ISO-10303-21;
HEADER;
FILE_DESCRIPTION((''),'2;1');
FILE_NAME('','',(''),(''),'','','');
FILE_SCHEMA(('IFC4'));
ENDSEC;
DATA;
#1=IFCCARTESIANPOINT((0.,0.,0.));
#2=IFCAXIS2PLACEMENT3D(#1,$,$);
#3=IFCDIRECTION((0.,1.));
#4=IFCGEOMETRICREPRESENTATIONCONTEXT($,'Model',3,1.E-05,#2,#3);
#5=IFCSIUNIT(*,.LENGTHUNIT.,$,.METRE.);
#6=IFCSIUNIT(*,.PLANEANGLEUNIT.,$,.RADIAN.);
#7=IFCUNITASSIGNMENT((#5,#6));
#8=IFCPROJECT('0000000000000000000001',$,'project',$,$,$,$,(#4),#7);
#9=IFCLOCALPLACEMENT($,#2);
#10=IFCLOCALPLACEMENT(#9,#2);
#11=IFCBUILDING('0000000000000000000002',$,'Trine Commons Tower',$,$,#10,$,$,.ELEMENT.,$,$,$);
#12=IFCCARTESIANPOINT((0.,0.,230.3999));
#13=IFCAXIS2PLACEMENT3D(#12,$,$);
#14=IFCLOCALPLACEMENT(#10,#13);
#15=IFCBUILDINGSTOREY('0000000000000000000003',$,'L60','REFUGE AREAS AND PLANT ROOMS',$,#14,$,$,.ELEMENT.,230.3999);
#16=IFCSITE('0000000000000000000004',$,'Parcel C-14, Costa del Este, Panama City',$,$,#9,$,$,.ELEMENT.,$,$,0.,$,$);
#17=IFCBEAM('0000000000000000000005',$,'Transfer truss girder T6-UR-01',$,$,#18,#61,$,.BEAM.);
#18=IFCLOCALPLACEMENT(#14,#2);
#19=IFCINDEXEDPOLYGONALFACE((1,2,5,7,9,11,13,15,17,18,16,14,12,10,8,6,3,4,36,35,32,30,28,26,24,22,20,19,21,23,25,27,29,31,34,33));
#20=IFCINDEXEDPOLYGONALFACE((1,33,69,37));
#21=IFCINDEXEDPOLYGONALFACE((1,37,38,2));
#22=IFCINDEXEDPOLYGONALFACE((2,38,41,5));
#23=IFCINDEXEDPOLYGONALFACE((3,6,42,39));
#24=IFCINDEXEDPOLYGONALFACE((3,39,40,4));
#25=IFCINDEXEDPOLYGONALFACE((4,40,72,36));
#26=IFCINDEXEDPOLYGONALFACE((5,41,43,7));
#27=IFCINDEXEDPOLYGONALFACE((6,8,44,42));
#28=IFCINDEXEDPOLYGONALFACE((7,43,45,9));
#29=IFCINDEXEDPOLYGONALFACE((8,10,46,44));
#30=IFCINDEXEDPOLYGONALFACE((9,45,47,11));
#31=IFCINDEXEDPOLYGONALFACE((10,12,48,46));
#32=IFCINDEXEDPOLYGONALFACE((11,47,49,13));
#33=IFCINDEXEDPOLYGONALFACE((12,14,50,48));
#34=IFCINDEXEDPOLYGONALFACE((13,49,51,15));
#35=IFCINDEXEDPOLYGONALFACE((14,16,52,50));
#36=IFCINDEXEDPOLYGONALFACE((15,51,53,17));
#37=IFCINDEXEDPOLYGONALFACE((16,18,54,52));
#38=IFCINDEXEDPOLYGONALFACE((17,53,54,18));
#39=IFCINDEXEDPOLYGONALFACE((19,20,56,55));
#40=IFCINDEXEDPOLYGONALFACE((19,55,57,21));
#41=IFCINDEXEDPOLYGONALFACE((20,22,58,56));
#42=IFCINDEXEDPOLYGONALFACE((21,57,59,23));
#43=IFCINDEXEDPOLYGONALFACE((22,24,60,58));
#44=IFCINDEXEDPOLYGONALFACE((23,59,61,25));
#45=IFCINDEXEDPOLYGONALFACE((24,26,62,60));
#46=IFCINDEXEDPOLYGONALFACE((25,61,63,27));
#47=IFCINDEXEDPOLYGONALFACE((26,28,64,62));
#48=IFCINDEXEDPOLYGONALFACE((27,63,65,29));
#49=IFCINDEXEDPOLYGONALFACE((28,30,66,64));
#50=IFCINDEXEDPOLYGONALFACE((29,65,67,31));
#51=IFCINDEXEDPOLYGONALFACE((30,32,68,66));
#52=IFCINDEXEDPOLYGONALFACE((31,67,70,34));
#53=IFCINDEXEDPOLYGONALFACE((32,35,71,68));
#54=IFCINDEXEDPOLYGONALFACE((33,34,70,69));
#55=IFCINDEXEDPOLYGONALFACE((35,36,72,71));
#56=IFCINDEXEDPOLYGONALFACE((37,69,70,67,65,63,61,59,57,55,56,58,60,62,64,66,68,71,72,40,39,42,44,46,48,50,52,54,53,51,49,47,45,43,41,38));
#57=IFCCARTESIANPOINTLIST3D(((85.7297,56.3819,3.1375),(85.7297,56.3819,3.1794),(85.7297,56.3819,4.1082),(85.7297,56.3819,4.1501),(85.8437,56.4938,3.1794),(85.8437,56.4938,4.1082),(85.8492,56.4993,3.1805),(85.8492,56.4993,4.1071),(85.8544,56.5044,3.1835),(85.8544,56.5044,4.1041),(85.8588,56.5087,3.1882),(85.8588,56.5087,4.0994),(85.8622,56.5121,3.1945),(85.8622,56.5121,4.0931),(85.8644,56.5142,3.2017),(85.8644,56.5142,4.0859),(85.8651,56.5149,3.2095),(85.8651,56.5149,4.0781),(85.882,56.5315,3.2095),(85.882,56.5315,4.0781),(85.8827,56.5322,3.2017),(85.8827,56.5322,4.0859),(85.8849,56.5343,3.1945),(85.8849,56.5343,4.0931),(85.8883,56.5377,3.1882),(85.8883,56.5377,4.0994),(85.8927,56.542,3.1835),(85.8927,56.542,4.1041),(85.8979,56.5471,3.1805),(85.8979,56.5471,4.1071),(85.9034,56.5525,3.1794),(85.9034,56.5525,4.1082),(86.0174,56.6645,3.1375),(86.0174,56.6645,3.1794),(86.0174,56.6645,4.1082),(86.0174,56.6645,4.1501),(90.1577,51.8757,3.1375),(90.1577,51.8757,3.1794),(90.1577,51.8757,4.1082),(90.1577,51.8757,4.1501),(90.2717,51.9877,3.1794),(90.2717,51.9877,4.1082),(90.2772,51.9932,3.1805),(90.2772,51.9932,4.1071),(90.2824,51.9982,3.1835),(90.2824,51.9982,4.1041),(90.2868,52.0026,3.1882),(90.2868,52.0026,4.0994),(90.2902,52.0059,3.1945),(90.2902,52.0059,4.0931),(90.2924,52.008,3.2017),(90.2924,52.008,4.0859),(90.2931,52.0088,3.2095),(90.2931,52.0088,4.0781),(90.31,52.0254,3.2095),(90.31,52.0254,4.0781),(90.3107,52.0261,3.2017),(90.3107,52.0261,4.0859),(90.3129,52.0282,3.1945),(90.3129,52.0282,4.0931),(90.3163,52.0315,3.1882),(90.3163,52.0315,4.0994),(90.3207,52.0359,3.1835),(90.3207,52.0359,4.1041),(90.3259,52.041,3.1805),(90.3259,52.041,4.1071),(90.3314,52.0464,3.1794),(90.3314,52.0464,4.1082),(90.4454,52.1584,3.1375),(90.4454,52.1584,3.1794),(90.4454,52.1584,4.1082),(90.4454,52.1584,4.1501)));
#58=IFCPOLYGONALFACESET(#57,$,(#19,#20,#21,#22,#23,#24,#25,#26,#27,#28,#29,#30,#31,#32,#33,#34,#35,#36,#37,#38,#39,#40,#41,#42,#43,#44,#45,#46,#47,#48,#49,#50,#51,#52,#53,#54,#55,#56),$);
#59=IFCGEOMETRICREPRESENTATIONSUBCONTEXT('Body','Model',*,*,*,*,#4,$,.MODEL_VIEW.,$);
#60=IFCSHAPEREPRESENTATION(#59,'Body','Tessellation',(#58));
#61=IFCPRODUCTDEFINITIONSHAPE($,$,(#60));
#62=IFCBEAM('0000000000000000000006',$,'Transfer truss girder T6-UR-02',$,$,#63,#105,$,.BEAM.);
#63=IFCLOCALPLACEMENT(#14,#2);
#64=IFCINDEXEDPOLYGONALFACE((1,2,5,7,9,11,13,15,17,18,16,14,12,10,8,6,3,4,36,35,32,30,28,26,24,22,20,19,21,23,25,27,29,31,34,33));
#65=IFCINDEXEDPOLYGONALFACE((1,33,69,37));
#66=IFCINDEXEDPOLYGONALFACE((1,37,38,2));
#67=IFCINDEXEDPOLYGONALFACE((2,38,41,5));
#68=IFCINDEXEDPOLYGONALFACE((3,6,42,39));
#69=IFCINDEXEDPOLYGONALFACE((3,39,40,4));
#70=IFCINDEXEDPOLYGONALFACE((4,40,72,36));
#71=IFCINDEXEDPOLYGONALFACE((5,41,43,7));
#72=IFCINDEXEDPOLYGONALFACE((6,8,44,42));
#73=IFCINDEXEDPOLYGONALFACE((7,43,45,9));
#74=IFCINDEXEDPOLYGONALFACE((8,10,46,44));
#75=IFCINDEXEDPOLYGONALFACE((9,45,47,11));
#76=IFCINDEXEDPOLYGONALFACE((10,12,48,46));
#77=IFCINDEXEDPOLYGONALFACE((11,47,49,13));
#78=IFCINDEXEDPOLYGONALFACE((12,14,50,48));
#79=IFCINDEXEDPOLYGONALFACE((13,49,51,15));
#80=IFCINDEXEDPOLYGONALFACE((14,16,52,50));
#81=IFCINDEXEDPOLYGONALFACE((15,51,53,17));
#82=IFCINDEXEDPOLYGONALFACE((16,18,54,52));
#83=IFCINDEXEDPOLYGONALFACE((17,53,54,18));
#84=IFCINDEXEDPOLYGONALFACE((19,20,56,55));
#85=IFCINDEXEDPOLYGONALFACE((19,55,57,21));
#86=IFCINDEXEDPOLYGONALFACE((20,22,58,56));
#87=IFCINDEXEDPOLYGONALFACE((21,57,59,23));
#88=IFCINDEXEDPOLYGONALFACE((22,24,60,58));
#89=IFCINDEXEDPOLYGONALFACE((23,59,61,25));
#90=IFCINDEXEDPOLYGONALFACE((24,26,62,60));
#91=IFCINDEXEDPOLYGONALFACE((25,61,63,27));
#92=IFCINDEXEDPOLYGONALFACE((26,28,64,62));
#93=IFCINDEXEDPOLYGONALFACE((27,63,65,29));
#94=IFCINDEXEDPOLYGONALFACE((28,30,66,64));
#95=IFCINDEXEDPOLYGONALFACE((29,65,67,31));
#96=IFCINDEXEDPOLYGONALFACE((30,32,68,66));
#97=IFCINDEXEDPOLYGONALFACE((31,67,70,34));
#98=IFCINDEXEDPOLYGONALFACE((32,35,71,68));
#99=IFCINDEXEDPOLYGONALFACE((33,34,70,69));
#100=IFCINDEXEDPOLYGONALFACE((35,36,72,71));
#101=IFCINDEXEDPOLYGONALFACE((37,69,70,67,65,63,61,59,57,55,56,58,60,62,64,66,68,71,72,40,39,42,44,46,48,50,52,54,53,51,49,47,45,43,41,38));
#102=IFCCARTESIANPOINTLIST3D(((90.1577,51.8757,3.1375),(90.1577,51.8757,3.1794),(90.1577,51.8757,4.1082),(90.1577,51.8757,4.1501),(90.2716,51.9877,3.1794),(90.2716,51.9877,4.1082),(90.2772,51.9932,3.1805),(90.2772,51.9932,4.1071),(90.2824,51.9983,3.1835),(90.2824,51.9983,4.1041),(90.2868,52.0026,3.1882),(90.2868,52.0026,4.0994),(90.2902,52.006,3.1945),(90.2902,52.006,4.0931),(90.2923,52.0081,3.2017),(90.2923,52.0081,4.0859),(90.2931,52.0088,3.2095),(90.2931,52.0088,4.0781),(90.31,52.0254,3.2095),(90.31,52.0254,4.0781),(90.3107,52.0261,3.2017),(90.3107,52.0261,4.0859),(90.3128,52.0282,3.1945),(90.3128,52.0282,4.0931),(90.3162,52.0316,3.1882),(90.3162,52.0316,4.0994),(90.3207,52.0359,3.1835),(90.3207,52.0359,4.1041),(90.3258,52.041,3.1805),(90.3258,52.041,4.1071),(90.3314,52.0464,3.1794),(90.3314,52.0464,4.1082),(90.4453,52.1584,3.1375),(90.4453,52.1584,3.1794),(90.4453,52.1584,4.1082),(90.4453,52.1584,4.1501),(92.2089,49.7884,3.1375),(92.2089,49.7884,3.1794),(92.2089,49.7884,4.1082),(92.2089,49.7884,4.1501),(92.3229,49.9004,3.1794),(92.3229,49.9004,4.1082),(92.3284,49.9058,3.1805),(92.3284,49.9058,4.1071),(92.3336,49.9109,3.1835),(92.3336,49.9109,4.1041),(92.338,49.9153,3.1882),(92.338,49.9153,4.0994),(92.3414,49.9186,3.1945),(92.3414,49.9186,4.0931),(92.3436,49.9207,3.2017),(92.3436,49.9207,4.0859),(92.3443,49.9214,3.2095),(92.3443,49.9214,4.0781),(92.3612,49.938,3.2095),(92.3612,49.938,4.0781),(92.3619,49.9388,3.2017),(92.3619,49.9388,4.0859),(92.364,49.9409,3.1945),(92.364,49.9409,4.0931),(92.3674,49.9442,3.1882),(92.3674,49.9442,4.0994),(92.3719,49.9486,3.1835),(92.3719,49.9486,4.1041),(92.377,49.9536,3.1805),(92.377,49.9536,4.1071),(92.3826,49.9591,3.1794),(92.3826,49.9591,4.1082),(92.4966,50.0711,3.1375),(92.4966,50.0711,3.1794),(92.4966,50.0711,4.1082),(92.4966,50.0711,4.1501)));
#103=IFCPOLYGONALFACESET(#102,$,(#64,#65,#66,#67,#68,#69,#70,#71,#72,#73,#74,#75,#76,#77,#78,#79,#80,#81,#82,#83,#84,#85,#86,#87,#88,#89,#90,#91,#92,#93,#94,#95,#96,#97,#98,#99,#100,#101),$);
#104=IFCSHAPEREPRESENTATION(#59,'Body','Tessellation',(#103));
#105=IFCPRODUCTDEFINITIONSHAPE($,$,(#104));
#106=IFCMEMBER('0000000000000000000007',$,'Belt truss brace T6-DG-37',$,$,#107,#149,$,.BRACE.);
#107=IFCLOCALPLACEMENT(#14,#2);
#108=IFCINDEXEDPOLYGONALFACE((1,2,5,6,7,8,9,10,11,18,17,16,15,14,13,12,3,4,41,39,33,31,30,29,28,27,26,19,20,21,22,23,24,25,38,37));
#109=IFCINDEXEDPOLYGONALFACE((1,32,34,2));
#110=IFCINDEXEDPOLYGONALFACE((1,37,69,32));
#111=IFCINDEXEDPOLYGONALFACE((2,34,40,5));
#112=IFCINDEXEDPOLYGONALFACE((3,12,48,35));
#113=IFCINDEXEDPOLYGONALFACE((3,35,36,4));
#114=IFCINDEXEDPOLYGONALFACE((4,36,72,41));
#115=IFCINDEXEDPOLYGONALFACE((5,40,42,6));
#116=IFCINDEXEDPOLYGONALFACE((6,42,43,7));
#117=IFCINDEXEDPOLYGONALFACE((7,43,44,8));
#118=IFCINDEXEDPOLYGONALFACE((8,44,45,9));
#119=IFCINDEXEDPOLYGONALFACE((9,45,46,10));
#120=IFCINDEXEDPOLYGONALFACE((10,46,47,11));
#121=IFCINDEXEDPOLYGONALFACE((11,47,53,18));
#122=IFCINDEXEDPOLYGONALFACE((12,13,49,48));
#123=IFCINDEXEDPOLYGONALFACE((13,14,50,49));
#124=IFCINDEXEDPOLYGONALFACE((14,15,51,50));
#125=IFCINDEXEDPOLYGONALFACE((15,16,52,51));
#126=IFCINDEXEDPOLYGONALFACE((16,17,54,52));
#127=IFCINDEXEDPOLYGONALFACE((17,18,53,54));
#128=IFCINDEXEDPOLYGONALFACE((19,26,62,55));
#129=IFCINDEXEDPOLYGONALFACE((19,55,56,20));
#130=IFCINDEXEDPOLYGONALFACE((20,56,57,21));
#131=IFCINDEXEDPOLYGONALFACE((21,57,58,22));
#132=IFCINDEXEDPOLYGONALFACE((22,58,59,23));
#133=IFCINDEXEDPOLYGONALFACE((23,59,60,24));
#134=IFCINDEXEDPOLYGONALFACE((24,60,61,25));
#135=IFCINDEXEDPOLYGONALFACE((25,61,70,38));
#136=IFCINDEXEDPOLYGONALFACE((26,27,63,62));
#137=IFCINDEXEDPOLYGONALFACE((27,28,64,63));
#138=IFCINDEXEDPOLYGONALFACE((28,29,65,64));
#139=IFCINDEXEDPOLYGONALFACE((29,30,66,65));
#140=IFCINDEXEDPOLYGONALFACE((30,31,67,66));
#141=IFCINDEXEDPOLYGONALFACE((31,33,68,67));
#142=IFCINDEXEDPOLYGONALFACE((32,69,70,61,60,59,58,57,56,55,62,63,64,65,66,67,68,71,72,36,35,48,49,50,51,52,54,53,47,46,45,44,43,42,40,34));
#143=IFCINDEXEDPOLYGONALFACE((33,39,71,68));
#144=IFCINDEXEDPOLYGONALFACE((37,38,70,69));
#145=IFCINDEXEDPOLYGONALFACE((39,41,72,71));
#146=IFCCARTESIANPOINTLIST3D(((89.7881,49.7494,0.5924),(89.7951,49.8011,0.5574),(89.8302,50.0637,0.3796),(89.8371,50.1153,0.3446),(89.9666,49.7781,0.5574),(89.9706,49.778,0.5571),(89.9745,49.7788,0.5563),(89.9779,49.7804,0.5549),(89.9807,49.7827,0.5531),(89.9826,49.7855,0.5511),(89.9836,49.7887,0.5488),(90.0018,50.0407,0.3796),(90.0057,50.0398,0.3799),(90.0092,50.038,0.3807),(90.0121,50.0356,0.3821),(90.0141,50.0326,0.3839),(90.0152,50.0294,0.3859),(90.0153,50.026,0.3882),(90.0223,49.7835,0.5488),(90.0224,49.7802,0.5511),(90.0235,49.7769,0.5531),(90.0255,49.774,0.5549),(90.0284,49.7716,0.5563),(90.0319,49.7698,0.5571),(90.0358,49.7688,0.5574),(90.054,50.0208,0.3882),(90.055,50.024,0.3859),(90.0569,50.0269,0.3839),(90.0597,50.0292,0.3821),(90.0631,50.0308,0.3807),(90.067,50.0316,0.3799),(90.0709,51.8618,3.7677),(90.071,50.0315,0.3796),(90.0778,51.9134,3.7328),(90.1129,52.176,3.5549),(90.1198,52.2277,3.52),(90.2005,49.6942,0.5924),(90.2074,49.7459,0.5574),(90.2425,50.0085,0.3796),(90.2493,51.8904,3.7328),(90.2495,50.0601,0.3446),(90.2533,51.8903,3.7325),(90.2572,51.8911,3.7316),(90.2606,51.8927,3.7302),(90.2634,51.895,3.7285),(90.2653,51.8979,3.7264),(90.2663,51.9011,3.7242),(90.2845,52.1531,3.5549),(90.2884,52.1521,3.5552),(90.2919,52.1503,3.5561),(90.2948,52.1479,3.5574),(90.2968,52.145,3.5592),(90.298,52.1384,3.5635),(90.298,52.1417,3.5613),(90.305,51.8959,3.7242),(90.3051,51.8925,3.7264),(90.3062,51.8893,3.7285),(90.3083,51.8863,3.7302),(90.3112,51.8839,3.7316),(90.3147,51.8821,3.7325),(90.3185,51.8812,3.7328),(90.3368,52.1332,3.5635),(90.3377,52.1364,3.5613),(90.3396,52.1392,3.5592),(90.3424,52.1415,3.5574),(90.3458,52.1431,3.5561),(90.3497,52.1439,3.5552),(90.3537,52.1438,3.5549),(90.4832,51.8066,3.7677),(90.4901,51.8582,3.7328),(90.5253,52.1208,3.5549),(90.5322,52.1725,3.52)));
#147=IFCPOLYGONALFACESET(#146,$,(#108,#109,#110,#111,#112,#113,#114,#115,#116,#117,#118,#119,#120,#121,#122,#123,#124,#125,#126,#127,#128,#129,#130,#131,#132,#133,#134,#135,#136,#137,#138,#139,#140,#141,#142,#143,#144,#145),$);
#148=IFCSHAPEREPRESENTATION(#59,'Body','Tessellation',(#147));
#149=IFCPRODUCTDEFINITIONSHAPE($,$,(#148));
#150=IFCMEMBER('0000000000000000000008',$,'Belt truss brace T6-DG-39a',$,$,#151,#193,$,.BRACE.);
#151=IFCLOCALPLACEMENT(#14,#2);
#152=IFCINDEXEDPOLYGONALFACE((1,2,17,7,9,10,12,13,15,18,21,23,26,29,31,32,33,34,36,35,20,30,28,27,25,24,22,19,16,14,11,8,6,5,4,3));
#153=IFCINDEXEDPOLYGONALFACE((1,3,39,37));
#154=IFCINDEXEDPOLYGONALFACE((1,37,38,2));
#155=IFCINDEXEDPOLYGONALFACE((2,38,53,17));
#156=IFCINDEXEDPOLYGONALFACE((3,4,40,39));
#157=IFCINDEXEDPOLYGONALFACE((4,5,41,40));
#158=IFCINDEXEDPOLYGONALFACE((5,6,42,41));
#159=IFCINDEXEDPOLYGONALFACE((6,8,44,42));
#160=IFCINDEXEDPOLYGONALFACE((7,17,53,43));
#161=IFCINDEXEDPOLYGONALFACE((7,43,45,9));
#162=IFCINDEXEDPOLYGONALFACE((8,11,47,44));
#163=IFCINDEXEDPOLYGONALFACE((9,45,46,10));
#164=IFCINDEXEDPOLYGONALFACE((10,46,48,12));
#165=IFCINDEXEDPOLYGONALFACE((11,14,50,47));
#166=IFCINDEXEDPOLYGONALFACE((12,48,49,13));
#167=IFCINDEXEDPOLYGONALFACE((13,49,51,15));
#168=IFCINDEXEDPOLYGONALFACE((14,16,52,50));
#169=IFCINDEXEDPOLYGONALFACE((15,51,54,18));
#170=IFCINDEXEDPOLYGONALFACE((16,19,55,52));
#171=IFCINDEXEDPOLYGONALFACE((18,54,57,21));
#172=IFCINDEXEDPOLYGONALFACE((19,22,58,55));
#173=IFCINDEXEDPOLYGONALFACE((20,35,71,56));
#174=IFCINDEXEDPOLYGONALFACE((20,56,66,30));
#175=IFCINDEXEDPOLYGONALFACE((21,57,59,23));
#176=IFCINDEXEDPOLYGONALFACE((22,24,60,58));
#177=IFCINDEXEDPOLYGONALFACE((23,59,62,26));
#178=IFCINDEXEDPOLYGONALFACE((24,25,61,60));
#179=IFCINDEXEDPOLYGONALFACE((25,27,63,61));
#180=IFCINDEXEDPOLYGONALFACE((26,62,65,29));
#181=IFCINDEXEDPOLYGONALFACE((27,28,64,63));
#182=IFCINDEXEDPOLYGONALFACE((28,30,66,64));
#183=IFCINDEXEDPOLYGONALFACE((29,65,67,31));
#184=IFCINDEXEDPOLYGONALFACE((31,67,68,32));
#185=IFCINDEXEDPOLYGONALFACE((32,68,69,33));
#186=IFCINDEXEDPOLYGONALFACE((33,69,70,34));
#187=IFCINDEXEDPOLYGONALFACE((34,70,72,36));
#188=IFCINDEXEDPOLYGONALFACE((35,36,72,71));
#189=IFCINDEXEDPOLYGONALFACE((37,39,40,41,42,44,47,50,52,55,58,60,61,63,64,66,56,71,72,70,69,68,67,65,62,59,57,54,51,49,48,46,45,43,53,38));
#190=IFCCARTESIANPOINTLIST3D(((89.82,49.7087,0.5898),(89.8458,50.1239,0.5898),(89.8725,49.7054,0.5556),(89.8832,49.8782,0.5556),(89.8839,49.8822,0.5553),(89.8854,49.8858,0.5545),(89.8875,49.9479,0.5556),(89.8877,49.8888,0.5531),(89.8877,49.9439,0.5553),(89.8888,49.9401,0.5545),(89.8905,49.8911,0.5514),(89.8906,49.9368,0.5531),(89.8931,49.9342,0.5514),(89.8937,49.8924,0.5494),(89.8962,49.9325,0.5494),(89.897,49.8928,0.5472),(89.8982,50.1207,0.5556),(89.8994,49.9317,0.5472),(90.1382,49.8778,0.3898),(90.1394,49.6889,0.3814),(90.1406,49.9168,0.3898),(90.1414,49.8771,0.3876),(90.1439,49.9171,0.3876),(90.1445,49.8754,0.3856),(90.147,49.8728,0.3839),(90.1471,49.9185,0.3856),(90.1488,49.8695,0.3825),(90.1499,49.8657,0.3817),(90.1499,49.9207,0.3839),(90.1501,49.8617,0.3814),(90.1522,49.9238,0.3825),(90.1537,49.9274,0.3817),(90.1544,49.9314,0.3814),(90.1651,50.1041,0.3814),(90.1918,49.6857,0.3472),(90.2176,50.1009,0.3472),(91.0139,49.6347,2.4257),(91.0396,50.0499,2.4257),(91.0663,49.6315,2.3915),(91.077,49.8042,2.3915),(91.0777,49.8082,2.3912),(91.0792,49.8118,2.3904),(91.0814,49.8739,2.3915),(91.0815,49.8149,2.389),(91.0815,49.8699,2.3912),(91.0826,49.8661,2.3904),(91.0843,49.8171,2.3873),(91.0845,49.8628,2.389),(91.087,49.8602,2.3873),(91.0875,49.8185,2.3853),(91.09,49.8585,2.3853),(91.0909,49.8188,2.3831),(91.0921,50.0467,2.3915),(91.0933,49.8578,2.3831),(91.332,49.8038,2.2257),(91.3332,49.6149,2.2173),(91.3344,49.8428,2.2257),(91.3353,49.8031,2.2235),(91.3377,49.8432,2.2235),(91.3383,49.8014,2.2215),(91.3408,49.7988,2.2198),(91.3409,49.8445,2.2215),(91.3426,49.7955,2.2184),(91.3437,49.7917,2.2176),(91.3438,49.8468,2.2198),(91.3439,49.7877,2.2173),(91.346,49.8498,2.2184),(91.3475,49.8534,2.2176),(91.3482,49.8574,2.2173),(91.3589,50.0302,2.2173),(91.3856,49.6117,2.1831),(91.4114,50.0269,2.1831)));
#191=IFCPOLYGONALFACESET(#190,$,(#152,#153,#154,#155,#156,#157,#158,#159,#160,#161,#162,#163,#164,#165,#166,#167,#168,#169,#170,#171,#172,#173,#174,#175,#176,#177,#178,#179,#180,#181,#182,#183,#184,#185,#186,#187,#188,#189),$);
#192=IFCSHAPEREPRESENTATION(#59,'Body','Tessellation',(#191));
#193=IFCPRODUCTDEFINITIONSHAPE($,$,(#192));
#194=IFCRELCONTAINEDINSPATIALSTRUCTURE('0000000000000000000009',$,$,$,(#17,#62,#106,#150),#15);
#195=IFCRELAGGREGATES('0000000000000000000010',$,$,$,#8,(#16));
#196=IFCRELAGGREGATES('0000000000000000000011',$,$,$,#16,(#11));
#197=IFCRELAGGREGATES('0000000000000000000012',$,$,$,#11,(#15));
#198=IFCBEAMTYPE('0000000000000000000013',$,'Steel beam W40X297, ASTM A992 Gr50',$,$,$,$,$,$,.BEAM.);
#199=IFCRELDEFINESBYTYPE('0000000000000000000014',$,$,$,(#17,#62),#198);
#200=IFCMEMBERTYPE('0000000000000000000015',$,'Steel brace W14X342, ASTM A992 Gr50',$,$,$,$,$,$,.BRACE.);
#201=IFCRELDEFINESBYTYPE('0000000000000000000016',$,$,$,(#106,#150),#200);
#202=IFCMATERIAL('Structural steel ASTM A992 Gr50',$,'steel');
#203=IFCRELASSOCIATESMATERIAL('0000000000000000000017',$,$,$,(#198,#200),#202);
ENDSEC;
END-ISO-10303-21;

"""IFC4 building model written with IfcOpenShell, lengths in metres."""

from ifc_helpers import new_model, si_unit, direction, frame, origin, origin_2d, place, context, subcontext, project, spatial, i_section, extrude, material, material_profile, profile_set, type_object, element, save


model = new_model("IFC4")

# Units and contexts
model_context = context("Model", 3, precision=1e-05, world=origin(), true_north=direction((0.0, 1.0)))
body_context = subcontext(model_context, "Body", "Model", "MODEL_VIEW")
ifc_project = project(units=[si_unit("LENGTHUNIT", "METRE"), si_unit("PLANEANGLEUNIT", "RADIAN")], contexts=[model_context])

# Site, building, storey
site_placement = place(None, origin())
site = spatial("IfcSite", under=ifc_project, at=site_placement, Name="Parcel C-14, Costa del Este, Panama City", CompositionType="ELEMENT", RefElevation=0.0)
building_placement = place(site_placement, origin())
building = spatial("IfcBuilding", under=site, at=building_placement, Name="Trine Commons Tower", CompositionType="ELEMENT")
storey_placement = place(building_placement, frame((0.0, 0.0, 230.3999)))
storey = spatial("IfcBuildingStorey", under=building, at=storey_placement, Name="L60", Description="REFUGE AREAS AND PLANT ROOMS", CompositionType="ELEMENT", Elevation=230.3999)

# Beams
ifc_material_1 = material(Name="Structural steel ASTM A992 Gr50", Category="steel")
ifc_material_profile_1 = material_profile(ifc_material_1, i_section(OverallWidth=0.4033, OverallDepth=1.0127, WebThickness=0.0237, FlangeThickness=0.042, FilletRadius=0.03, at=origin_2d()), Name="W40X297")
ifc_profile_set_1 = profile_set([ifc_material_profile_1], Name="Structural steel ASTM A992 Gr50")
beam_type = type_object("IfcBeamType", Name="Steel beam W40X297, ASTM A992 Gr50", PredefinedType="BEAM", material=ifc_profile_set_1)
beam_1_placement = place(storey_placement, frame((85.8735, 56.5232, 3.6438), z_axis=(0.700897, -0.713263, 0.0), x_axis=(0.713263, 0.700897, 0.0)))
element("IfcBeam", 1, at=beam_1_placement, inside=storey, type_object=beam_type, Name="Transfer truss girder T6-UR-01", PredefinedType="BEAM", context=body_context, shape_type="SweptSolid", body=[
    extrude(i_section(OverallWidth=0.4033, OverallDepth=1.0127, WebThickness=0.0237, FlangeThickness=0.042, FilletRadius=0.03, at=origin_2d()), origin(), (0.0, 0.0, 1.0), 6.3176),
])
beam_2_placement = place(storey_placement, frame((90.3015, 52.0171, 3.6438), z_axis=(0.700907, -0.713253, 0.0), x_axis=(0.713253, 0.700907, 0.0)))
element("IfcBeam", 2, at=beam_2_placement, inside=storey, type_object=beam_type, Name="Transfer truss girder T6-UR-02", PredefinedType="BEAM", context=body_context, shape_type="SweptSolid", body=[
    extrude(i_section(OverallWidth=0.4033, OverallDepth=1.0127, WebThickness=0.0237, FlangeThickness=0.042, FilletRadius=0.03, at=origin_2d()), origin(), (0.0, 0.0, 1.0), 2.9265),
])

# Members
ifc_material_profile_2 = material_profile(ifc_material_1, i_section(OverallWidth=0.416, OverallDepth=0.4446, WebThickness=0.0391, FlangeThickness=0.0627, FilletRadius=0.0154, at=origin_2d()), Name="W14X342")
ifc_profile_set_2 = profile_set([ifc_material_profile_2], Name="Structural steel ASTM A992 Gr50")
member_type = type_object("IfcMemberType", Name="Steel brace W14X342, ASTM A992 Gr50", PredefinedType="BRACE", material=ifc_profile_set_2)
member_1_placement = place(storey_placement, frame((90.0188, 49.9048, 0.4685), z_axis=(0.073929, 0.552357, 0.830323), x_axis=(-0.991162, 0.132659, 0.0)))
element("IfcMember", 3, at=member_1_placement, inside=storey, type_object=member_type, Name="Belt truss brace T6-DG-37", PredefinedType="BRACE", context=body_context, shape_type="SweptSolid", body=[
    extrude(i_section(OverallWidth=0.416, OverallDepth=0.4446, WebThickness=0.0391, FlangeThickness=0.0627, FilletRadius=0.0154, at=origin_2d()), origin(), (0.0, 0.0, 1.0), 3.8242),
])
member_2_placement = place(storey_placement, frame((90.0188, 49.9048, 0.4685), z_axis=(0.544834, -0.03376, 0.837864), x_axis=(0.061845, 0.998086, 0.0)))
element("IfcMember", 4, at=member_2_placement, inside=storey, type_object=member_type, Name="Belt truss brace T6-DG-39a", PredefinedType="BRACE", context=body_context, shape_type="SweptSolid", body=[
    extrude(i_section(OverallWidth=0.416, OverallDepth=0.4446, WebThickness=0.0391, FlangeThickness=0.0627, FilletRadius=0.0154, at=origin_2d()), origin(), (0.0, 0.0, 1.0), 2.1912),
])

save(model, "model.ifc")
